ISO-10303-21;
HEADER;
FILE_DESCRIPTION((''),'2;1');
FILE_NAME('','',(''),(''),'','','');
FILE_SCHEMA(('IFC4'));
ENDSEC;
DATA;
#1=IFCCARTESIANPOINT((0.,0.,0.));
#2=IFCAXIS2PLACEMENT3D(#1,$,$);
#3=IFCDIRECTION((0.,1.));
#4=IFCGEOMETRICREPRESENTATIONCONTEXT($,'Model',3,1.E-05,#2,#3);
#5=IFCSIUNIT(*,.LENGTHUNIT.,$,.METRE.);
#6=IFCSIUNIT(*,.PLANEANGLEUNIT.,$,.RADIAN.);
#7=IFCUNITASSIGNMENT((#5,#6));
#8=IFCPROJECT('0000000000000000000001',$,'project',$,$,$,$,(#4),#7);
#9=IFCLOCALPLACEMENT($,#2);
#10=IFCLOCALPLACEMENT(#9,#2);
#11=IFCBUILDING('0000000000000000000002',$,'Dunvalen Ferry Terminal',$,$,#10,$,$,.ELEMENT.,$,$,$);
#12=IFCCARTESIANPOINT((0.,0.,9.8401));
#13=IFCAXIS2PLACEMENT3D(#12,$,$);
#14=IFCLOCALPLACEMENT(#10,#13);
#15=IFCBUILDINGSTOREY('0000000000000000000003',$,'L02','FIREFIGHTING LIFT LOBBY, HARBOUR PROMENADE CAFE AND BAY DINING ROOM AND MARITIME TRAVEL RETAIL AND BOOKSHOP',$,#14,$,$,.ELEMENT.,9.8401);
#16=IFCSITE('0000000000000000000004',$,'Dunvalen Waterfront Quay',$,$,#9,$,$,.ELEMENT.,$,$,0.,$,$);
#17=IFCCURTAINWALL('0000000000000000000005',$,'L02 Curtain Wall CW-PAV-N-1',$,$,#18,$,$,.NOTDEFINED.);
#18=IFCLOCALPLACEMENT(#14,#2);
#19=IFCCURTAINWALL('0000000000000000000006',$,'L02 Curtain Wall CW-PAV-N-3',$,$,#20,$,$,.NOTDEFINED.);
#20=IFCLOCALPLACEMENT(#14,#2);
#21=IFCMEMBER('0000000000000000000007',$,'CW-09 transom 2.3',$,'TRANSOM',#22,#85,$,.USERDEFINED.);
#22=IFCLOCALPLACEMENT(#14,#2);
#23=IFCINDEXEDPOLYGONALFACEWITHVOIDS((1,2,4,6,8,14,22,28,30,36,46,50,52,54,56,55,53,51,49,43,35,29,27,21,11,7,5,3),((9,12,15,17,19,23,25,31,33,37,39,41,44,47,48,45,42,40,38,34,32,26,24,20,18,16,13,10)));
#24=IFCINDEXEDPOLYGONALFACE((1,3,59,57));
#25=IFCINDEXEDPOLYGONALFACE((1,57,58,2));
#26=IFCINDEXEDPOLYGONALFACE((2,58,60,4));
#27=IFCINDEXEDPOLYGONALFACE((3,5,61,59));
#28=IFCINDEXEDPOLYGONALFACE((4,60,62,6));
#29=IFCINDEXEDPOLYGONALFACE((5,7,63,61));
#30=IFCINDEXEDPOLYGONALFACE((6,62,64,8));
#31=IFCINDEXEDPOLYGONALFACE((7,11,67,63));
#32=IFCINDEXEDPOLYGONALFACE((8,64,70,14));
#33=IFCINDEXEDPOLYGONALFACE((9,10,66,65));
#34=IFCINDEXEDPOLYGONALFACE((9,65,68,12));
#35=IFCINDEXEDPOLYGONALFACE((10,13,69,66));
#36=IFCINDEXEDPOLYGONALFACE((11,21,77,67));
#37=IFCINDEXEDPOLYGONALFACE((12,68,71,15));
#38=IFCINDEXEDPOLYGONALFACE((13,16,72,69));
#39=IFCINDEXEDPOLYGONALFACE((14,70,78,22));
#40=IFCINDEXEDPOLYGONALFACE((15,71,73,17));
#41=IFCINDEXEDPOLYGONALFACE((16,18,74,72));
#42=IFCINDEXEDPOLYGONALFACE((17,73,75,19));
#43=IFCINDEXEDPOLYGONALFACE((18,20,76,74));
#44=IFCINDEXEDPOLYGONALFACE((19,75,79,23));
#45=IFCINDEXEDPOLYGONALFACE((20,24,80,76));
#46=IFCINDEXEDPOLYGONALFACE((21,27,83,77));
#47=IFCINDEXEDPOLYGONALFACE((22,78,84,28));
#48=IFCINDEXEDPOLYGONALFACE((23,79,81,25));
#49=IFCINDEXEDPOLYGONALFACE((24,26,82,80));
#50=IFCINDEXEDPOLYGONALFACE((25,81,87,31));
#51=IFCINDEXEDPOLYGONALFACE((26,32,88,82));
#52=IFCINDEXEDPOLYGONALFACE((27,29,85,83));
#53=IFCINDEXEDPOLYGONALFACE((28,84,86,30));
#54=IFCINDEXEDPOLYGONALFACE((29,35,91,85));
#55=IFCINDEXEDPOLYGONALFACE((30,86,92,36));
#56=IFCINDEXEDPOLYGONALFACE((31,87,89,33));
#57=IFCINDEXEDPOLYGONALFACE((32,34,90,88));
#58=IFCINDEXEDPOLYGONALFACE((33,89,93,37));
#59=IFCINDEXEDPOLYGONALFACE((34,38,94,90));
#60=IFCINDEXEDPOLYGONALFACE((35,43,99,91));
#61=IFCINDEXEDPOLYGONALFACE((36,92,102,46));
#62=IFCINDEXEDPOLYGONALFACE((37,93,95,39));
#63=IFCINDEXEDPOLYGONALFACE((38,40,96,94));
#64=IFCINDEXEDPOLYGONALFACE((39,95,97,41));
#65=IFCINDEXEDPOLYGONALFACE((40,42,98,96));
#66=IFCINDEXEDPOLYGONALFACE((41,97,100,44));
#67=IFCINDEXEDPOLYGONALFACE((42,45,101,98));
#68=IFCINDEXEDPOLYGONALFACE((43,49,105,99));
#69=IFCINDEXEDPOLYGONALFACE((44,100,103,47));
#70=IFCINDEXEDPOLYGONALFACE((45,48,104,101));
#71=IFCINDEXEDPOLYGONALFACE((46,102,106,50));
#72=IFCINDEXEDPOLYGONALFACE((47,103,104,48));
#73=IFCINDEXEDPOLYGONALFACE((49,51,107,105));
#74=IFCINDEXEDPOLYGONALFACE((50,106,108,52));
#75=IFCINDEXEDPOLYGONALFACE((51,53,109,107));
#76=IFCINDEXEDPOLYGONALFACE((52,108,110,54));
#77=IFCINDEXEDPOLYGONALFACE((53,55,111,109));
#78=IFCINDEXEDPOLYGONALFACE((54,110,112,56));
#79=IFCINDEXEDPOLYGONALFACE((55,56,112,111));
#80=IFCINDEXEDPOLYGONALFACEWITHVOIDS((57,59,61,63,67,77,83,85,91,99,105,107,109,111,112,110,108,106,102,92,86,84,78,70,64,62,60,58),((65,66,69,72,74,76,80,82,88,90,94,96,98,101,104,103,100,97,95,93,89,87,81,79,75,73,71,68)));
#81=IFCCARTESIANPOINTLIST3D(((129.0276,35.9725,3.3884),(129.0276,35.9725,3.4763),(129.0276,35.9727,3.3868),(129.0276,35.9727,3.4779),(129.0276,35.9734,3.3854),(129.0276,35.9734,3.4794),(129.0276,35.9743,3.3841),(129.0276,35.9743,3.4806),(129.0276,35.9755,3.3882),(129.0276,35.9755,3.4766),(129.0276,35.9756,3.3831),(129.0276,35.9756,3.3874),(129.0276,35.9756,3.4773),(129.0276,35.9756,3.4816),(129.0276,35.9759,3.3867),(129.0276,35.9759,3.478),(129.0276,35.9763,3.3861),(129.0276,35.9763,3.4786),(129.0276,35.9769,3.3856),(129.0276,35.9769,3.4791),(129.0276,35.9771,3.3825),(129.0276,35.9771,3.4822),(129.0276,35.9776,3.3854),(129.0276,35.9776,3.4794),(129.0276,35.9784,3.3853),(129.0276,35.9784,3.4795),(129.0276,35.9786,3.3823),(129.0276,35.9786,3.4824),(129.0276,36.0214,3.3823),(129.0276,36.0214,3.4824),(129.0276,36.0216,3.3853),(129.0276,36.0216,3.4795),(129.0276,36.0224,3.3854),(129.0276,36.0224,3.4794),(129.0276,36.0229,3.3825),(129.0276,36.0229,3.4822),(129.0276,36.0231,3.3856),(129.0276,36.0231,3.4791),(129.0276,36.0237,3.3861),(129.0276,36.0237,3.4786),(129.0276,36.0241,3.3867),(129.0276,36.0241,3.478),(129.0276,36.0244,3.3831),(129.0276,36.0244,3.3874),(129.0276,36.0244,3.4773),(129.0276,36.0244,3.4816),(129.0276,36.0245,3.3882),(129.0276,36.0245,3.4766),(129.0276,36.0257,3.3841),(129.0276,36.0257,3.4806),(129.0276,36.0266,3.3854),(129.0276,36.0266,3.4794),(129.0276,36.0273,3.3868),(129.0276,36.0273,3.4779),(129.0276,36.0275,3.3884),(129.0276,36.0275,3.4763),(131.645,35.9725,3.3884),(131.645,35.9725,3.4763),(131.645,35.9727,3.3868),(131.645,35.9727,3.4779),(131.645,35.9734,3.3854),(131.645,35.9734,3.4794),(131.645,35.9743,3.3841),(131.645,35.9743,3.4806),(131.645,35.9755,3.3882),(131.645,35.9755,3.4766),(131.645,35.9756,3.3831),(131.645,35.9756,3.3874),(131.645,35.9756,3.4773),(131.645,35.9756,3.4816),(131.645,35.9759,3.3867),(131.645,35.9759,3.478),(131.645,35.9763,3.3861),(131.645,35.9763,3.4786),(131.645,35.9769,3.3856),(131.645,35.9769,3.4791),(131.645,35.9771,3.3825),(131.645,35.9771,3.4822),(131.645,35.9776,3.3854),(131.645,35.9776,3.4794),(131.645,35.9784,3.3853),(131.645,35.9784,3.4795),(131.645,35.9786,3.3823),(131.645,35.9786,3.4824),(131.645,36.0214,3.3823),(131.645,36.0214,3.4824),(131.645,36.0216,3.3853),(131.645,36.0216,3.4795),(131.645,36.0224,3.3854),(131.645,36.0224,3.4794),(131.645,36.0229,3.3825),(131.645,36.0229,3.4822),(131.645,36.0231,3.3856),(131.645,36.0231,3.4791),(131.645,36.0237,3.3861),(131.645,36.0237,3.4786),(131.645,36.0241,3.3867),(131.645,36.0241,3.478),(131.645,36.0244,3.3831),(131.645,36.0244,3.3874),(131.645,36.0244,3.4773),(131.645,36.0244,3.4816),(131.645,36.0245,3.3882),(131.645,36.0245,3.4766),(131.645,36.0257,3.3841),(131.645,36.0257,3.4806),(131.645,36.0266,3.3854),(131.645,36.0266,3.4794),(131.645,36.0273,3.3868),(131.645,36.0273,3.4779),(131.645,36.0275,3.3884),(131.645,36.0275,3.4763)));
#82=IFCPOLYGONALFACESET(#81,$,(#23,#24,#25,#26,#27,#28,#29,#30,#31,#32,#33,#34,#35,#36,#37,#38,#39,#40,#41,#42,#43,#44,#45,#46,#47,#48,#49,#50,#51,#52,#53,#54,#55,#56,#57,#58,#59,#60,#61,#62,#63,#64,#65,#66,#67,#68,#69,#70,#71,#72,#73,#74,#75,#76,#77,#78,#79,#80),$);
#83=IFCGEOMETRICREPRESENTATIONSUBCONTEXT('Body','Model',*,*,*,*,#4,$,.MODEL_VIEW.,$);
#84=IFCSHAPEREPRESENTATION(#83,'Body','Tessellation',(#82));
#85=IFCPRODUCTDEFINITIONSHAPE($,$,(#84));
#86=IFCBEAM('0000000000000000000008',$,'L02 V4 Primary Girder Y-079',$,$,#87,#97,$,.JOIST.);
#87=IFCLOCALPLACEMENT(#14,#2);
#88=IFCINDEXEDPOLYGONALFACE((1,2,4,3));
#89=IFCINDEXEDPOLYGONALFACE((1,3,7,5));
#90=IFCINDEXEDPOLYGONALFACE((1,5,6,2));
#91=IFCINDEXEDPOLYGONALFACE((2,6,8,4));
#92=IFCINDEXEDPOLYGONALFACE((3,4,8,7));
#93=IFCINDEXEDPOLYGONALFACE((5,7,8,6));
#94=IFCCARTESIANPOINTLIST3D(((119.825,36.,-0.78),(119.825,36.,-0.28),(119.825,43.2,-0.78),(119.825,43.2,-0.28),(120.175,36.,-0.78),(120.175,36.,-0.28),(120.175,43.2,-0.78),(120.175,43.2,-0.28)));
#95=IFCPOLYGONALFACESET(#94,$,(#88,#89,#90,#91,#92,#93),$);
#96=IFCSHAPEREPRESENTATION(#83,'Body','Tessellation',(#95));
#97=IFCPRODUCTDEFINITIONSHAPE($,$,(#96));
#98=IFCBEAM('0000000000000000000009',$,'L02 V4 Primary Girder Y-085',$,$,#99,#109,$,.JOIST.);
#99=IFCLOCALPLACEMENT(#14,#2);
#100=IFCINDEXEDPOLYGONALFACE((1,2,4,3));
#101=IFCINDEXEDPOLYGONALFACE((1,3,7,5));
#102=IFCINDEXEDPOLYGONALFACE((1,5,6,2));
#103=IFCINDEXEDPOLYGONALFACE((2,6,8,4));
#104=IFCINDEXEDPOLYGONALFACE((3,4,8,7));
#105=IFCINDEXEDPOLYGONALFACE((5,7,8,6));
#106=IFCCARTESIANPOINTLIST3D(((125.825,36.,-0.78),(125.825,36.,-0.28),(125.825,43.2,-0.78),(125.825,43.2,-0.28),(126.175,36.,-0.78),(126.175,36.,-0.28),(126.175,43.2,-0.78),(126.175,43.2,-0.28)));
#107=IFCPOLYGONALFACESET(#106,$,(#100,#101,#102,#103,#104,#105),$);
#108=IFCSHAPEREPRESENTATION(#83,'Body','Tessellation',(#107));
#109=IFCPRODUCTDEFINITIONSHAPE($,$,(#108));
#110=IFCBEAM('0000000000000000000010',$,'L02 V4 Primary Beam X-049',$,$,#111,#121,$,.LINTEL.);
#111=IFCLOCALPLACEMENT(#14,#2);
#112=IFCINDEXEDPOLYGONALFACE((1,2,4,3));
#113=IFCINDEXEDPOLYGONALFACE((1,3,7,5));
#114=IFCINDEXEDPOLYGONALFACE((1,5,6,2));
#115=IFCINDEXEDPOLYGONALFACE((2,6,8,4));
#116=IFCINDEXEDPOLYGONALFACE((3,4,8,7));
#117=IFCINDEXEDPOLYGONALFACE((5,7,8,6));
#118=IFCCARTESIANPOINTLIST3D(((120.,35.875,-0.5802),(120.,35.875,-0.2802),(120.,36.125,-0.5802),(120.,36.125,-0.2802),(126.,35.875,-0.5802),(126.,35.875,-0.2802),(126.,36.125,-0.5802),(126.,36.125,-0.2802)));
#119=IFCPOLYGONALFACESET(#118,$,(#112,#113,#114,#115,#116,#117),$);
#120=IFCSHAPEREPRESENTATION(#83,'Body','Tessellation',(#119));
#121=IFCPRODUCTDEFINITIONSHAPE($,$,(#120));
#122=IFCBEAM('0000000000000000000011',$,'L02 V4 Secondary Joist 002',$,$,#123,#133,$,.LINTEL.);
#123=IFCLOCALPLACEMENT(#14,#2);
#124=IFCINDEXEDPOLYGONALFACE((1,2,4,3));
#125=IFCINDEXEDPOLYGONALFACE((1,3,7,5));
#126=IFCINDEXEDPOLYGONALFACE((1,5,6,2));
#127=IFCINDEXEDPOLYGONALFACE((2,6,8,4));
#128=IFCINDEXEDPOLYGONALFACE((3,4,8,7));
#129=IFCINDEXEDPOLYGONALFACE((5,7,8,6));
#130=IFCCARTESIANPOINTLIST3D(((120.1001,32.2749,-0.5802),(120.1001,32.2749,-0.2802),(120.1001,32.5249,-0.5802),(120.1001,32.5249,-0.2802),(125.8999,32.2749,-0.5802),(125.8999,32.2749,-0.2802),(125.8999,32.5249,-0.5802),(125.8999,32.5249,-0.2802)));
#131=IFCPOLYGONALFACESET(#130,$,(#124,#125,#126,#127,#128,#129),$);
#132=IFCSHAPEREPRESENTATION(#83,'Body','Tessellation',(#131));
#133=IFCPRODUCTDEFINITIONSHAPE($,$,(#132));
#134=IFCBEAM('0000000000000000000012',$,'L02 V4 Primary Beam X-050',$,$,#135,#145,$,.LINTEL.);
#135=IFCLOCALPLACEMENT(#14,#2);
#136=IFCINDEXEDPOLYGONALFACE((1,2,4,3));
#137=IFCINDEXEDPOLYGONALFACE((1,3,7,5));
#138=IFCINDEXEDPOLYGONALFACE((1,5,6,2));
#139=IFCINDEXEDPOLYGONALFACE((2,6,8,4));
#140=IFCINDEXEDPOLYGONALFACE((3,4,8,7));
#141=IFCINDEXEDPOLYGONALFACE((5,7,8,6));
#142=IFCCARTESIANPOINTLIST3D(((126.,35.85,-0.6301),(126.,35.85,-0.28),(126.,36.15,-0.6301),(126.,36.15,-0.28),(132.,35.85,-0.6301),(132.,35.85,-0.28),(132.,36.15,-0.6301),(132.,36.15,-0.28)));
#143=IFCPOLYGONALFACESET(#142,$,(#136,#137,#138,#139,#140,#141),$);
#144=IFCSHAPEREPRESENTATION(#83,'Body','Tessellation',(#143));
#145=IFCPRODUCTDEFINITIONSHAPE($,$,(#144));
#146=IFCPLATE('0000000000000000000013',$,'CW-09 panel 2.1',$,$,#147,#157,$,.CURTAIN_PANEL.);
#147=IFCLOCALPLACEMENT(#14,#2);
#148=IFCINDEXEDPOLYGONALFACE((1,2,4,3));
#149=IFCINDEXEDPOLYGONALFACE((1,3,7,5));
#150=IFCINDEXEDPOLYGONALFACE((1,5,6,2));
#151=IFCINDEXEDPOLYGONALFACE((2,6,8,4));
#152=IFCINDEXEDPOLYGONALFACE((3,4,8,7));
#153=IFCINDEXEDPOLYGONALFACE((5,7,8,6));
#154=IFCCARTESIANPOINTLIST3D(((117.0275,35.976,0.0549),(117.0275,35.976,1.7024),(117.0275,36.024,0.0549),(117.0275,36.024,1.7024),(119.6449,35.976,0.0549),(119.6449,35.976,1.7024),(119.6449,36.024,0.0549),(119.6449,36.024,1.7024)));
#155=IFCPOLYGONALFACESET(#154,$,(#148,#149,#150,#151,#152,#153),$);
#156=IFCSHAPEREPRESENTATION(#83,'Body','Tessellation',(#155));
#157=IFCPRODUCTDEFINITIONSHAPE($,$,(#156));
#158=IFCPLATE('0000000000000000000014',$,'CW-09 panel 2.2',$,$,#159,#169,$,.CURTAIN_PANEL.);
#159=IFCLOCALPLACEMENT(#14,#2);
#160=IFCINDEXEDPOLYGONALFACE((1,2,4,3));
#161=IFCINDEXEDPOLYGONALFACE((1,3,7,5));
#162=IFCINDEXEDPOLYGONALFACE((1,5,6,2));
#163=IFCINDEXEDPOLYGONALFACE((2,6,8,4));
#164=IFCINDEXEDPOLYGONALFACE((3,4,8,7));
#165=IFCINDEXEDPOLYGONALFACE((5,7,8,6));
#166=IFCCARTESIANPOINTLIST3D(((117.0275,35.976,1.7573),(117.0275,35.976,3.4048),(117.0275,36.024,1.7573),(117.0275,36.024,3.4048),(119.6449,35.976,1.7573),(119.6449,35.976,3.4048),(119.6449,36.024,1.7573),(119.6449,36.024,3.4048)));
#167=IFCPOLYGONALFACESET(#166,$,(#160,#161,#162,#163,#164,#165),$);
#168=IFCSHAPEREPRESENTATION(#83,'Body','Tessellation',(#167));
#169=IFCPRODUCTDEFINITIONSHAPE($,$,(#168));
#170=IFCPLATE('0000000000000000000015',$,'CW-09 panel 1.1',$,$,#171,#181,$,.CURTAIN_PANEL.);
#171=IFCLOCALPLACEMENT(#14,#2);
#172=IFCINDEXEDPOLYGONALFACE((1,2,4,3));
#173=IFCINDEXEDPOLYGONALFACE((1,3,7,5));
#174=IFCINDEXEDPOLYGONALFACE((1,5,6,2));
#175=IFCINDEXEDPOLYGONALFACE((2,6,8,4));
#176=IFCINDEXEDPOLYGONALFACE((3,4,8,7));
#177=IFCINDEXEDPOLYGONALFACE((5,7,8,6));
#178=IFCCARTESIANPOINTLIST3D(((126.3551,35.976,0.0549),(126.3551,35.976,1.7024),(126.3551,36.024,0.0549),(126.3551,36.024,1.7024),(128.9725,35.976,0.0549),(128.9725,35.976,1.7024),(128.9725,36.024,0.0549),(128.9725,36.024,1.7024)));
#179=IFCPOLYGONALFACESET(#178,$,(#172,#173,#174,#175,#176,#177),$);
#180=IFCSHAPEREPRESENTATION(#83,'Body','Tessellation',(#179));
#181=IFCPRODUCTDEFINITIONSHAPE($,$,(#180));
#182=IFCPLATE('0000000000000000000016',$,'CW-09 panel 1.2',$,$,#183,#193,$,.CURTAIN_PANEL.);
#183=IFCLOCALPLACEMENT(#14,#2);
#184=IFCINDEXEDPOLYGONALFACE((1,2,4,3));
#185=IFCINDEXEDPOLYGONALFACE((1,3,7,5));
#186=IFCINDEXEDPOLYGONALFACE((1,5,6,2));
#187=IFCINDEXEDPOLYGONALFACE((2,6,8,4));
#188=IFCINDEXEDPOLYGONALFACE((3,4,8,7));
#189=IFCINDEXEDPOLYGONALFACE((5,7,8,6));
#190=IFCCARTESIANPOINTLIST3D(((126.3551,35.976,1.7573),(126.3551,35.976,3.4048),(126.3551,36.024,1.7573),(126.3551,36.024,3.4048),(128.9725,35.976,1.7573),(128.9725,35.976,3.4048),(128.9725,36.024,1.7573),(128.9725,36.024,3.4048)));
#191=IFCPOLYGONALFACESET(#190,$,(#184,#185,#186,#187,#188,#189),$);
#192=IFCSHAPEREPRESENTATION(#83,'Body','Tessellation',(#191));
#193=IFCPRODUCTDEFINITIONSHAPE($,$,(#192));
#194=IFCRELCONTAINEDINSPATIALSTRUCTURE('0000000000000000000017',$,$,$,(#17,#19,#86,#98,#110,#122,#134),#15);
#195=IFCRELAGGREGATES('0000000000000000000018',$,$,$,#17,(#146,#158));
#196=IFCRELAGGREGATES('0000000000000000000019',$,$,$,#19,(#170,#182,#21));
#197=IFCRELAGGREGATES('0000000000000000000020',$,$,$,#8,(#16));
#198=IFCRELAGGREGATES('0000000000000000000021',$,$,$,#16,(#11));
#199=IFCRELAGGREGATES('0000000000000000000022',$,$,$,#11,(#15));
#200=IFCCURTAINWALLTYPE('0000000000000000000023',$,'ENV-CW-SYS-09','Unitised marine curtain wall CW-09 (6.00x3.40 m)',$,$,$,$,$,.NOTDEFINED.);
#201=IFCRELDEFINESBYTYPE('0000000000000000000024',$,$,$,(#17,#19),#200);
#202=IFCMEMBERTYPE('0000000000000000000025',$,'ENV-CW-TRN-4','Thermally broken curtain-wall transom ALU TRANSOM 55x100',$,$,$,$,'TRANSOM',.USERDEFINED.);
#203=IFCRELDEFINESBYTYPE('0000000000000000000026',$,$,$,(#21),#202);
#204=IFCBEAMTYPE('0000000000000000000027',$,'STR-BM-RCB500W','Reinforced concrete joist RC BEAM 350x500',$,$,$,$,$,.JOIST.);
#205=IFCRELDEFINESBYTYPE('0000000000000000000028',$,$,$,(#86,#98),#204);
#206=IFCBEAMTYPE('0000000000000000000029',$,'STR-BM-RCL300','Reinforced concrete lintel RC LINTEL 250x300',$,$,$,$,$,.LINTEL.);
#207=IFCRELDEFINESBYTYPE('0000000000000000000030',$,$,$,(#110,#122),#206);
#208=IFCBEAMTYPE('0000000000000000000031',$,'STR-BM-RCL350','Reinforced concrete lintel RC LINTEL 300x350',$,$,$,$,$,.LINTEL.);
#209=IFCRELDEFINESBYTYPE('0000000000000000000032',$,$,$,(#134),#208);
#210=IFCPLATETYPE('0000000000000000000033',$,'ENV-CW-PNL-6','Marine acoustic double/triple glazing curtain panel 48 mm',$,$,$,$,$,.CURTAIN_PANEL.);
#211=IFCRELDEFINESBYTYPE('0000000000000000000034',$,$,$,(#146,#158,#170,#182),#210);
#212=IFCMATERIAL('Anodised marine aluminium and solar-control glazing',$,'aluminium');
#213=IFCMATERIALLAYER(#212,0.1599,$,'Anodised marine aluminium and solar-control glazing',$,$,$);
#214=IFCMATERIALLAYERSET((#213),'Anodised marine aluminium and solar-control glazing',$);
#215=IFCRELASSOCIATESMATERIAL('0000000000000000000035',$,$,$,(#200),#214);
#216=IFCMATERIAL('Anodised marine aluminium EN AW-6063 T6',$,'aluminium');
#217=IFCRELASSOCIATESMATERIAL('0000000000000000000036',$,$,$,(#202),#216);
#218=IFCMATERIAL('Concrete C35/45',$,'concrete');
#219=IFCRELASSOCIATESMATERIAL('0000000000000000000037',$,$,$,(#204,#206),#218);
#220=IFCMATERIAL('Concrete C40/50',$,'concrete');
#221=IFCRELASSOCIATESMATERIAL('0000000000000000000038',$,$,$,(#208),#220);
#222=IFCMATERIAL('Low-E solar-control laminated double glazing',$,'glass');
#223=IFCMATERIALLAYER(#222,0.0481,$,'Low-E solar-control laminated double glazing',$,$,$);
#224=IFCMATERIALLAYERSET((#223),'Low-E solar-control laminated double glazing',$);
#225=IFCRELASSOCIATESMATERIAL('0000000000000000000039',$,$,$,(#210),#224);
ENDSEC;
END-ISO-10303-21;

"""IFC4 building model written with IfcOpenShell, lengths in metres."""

from ifc_helpers import new_model, si_unit, direction, frame, origin, origin_2d, place, context, subcontext, project, spatial, rectangle, hollow_rectangle, extrude, material, layer, layer_set, material_profile, profile_set, type_object, element, aggregate, save


model = new_model("IFC4")

# Units and contexts
model_context = context("Model", 3, precision=1e-05, world=origin(), true_north=direction((0.0, 1.0)))
body_context = subcontext(model_context, "Body", "Model", "MODEL_VIEW")
ifc_project = project(units=[si_unit("LENGTHUNIT", "METRE"), si_unit("PLANEANGLEUNIT", "RADIAN")], contexts=[model_context])

# Site, building, storey
site_placement = place(None, origin())
site = spatial("IfcSite", under=ifc_project, at=site_placement, Name="Dunvalen Waterfront Quay", CompositionType="ELEMENT", RefElevation=0.0)
building_placement = place(site_placement, origin())
building = spatial("IfcBuilding", under=site, at=building_placement, Name="Dunvalen Ferry Terminal", CompositionType="ELEMENT")
storey_placement = place(building_placement, frame((0.0, 0.0, 9.8401)))
storey = spatial("IfcBuildingStorey", under=building, at=storey_placement, Name="L02", Description="FIREFIGHTING LIFT LOBBY, HARBOUR PROMENADE CAFE AND BAY DINING ROOM AND MARITIME TRAVEL RETAIL AND BOOKSHOP", CompositionType="ELEMENT", Elevation=9.8401)

# Curtain wall
ifc_material_1 = material(Name="Anodised marine aluminium and solar-control glazing", Category="aluminium")
ifc_layer_1 = layer(ifc_material_1, 0.1599, Name="Anodised marine aluminium and solar-control glazing")
ifc_layer_set_1 = layer_set([ifc_layer_1], Name="Anodised marine aluminium and solar-control glazing")
curtain_wall_type = type_object("IfcCurtainWallType", Name="ENV-CW-SYS-09", Description="Unitised marine curtain wall CW-09 (6.00x3.40 m)", PredefinedType="NOTDEFINED", material=ifc_layer_set_1)
curtain_wall_1_placement = place(storey_placement, origin())
curtain_wall_1 = element("IfcCurtainWall", 1, at=curtain_wall_1_placement, inside=storey, type_object=curtain_wall_type, Name="L02 Curtain Wall CW-PAV-N-1", PredefinedType="NOTDEFINED")
ifc_material_2 = material(Name="Anodised marine aluminium EN AW-6063 T6", Category="aluminium")

# Curtain wall, member
curtain_wall_2_placement = place(storey_placement, origin())
curtain_wall_2 = element("IfcCurtainWall", 2, at=curtain_wall_2_placement, inside=storey, type_object=curtain_wall_type, Name="L02 Curtain Wall CW-PAV-N-3", PredefinedType="NOTDEFINED")
ifc_material_profile_1 = material_profile(ifc_material_2, hollow_rectangle(XDim=0.0549, YDim=0.1001, WallThickness=0.0029, InnerFilletRadius=0.0029, OuterFilletRadius=0.0061, at=origin_2d()), Name="Anodised marine aluminium EN AW-6063 T6")
ifc_profile_set_1 = profile_set([ifc_material_profile_1], Name="Anodised marine aluminium EN AW-6063 T6")
member_type_1 = type_object("IfcMemberType", Name="ENV-CW-TRN-4", Description="Thermally broken curtain-wall transom ALU TRANSOM 55x100", ElementType="TRANSOM", PredefinedType="USERDEFINED", material=ifc_profile_set_1)
member_1_placement = place(storey_placement, frame((129.0276, 36.0, 3.4324), z_axis=(1.0, 0.0, 0.0), x_axis=(0.0, 1.0, 0.0)))
member_1 = element("IfcMember", 3, at=member_1_placement, type_object=member_type_1, Name="CW-09 transom 2.3", ObjectType="TRANSOM", PredefinedType="USERDEFINED", context=body_context, shape_type="SweptSolid", body=[
    extrude(hollow_rectangle(XDim=0.0549, YDim=0.1001, WallThickness=0.0029, InnerFilletRadius=0.0029, OuterFilletRadius=0.0061, at=origin_2d()), origin(), (0.0, 0.0, 1.0), 2.6174),
])

# Beams
ifc_material_3 = material(Name="Concrete C35/45", Category="concrete")
ifc_material_profile_2 = material_profile(ifc_material_3, rectangle(XDim=0.3501, YDim=0.5, at=origin_2d()), Name="Concrete C35/45")
ifc_profile_set_2 = profile_set([ifc_material_profile_2], Name="Concrete C35/45")
beam_type_1 = type_object("IfcBeamType", Name="STR-BM-RCB500W", Description="Reinforced concrete joist RC BEAM 350x500", PredefinedType="JOIST", material=ifc_profile_set_2)
for number, where, z_axis, x_axis, name in (
    (4, (120.0, 36.0, -0.53), (0.0, 1.0, 0.0), (-1.0, 0.0, 0.0), "L02 V4 Primary Girder Y-079"),
    (5, (126.0, 36.0, -0.53), (0.0, 1.0, 0.0), (-1.0, 0.0, 0.0), "L02 V4 Primary Girder Y-085"),
):
    element("IfcBeam", number, at=place(storey_placement, frame(where, z_axis=z_axis, x_axis=x_axis)), inside=storey, type_object=beam_type_1, Name=name, PredefinedType="JOIST", context=body_context, shape_type="SweptSolid", body=[
        extrude(rectangle(XDim=0.3501, YDim=0.5, at=origin_2d()), origin(), (0.0, 0.0, 1.0), 7.2),
    ])
ifc_material_profile_3 = material_profile(ifc_material_3, rectangle(XDim=0.25, YDim=0.3, at=origin_2d()), Name="Concrete C35/45")
ifc_profile_set_3 = profile_set([ifc_material_profile_3], Name="Concrete C35/45")
beam_type_2 = type_object("IfcBeamType", Name="STR-BM-RCL300", Description="Reinforced concrete lintel RC LINTEL 250x300", PredefinedType="LINTEL", material=ifc_profile_set_3)
beam_1_placement = place(storey_placement, frame((120.0, 36.0, -0.4302), z_axis=(1.0, 0.0, 0.0), x_axis=(0.0, 1.0, 0.0)))
element("IfcBeam", 6, at=beam_1_placement, inside=storey, type_object=beam_type_2, Name="L02 V4 Primary Beam X-049", PredefinedType="LINTEL", context=body_context, shape_type="SweptSolid", body=[
    extrude(rectangle(XDim=0.25, YDim=0.3, at=origin_2d()), origin(), (0.0, 0.0, 1.0), 6.0),
])
beam_2_placement = place(storey_placement, frame((120.1001, 32.3999, -0.4302), z_axis=(1.0, 0.0, 0.0), x_axis=(0.0, 1.0, 0.0)))
element("IfcBeam", 7, at=beam_2_placement, inside=storey, type_object=beam_type_2, Name="L02 V4 Secondary Joist 002", PredefinedType="LINTEL", context=body_context, shape_type="SweptSolid", body=[
    extrude(rectangle(XDim=0.25, YDim=0.3, at=origin_2d()), origin(), (0.0, 0.0, 1.0), 5.7998),
])
ifc_material_4 = material(Name="Concrete C40/50", Category="concrete")
ifc_material_profile_4 = material_profile(ifc_material_4, rectangle(XDim=0.3, YDim=0.3501, at=origin_2d()), Name="Concrete C40/50")
ifc_profile_set_4 = profile_set([ifc_material_profile_4], Name="Concrete C40/50")
beam_type_3 = type_object("IfcBeamType", Name="STR-BM-RCL350", Description="Reinforced concrete lintel RC LINTEL 300x350", PredefinedType="LINTEL", material=ifc_profile_set_4)
beam_3_placement = place(storey_placement, frame((126.0, 36.0, -0.4551), z_axis=(1.0, 0.0, 0.0), x_axis=(0.0, 1.0, 0.0)))
element("IfcBeam", 8, at=beam_3_placement, inside=storey, type_object=beam_type_3, Name="L02 V4 Primary Beam X-050", PredefinedType="LINTEL", context=body_context, shape_type="SweptSolid", body=[
    extrude(rectangle(XDim=0.3, YDim=0.3501, at=origin_2d()), origin(), (0.0, 0.0, 1.0), 6.0),
])

# Plates
ifc_material_5 = material(Name="Low-E solar-control laminated double glazing", Category="glass")
ifc_layer_2 = layer(ifc_material_5, 0.0481, Name="Low-E solar-control laminated double glazing")
ifc_layer_set_2 = layer_set([ifc_layer_2], Name="Low-E solar-control laminated double glazing")
plate_type = type_object("IfcPlateType", Name="ENV-CW-PNL-6", Description="Marine acoustic double/triple glazing curtain panel 48 mm", PredefinedType="CURTAIN_PANEL", material=ifc_layer_set_2)
plate_1_placement = place(storey_placement, frame((118.3362, 36.0, 0.0549), z_axis=(0.0, 0.0, 1.0), x_axis=(1.0, 0.0, 0.0)))
plate_1 = element("IfcPlate", 9, at=plate_1_placement, type_object=plate_type, Name="CW-09 panel 2.1", PredefinedType="CURTAIN_PANEL", context=body_context, shape_type="SweptSolid", body=[
    extrude(rectangle(XDim=2.6174, YDim=0.0481, at=origin_2d()), origin(), (0.0, 0.0, 1.0), 1.6475),
])
plate_2_placement = place(storey_placement, frame((118.3362, 36.0, 1.7573), z_axis=(0.0, 0.0, 1.0), x_axis=(1.0, 0.0, 0.0)))
plate_2 = element("IfcPlate", 10, at=plate_2_placement, type_object=plate_type, Name="CW-09 panel 2.2", PredefinedType="CURTAIN_PANEL", context=body_context, shape_type="SweptSolid", body=[
    extrude(rectangle(XDim=2.6174, YDim=0.0481, at=origin_2d()), origin(), (0.0, 0.0, 1.0), 1.6475),
])
aggregate(curtain_wall_1, [plate_1, plate_2])
plate_3_placement = place(storey_placement, frame((127.6638, 36.0, 0.0549), z_axis=(0.0, 0.0, 1.0), x_axis=(1.0, 0.0, 0.0)))
plate_3 = element("IfcPlate", 11, at=plate_3_placement, type_object=plate_type, Name="CW-09 panel 1.1", PredefinedType="CURTAIN_PANEL", context=body_context, shape_type="SweptSolid", body=[
    extrude(rectangle(XDim=2.6174, YDim=0.0481, at=origin_2d()), origin(), (0.0, 0.0, 1.0), 1.6475),
])
plate_4_placement = place(storey_placement, frame((127.6638, 36.0, 1.7573), z_axis=(0.0, 0.0, 1.0), x_axis=(1.0, 0.0, 0.0)))
plate_4 = element("IfcPlate", 12, at=plate_4_placement, type_object=plate_type, Name="CW-09 panel 1.2", PredefinedType="CURTAIN_PANEL", context=body_context, shape_type="SweptSolid", body=[
    extrude(rectangle(XDim=2.6174, YDim=0.0481, at=origin_2d()), origin(), (0.0, 0.0, 1.0), 1.6475),
])
aggregate(curtain_wall_2, [plate_3, plate_4, member_1])

save(model, "model.ifc")
